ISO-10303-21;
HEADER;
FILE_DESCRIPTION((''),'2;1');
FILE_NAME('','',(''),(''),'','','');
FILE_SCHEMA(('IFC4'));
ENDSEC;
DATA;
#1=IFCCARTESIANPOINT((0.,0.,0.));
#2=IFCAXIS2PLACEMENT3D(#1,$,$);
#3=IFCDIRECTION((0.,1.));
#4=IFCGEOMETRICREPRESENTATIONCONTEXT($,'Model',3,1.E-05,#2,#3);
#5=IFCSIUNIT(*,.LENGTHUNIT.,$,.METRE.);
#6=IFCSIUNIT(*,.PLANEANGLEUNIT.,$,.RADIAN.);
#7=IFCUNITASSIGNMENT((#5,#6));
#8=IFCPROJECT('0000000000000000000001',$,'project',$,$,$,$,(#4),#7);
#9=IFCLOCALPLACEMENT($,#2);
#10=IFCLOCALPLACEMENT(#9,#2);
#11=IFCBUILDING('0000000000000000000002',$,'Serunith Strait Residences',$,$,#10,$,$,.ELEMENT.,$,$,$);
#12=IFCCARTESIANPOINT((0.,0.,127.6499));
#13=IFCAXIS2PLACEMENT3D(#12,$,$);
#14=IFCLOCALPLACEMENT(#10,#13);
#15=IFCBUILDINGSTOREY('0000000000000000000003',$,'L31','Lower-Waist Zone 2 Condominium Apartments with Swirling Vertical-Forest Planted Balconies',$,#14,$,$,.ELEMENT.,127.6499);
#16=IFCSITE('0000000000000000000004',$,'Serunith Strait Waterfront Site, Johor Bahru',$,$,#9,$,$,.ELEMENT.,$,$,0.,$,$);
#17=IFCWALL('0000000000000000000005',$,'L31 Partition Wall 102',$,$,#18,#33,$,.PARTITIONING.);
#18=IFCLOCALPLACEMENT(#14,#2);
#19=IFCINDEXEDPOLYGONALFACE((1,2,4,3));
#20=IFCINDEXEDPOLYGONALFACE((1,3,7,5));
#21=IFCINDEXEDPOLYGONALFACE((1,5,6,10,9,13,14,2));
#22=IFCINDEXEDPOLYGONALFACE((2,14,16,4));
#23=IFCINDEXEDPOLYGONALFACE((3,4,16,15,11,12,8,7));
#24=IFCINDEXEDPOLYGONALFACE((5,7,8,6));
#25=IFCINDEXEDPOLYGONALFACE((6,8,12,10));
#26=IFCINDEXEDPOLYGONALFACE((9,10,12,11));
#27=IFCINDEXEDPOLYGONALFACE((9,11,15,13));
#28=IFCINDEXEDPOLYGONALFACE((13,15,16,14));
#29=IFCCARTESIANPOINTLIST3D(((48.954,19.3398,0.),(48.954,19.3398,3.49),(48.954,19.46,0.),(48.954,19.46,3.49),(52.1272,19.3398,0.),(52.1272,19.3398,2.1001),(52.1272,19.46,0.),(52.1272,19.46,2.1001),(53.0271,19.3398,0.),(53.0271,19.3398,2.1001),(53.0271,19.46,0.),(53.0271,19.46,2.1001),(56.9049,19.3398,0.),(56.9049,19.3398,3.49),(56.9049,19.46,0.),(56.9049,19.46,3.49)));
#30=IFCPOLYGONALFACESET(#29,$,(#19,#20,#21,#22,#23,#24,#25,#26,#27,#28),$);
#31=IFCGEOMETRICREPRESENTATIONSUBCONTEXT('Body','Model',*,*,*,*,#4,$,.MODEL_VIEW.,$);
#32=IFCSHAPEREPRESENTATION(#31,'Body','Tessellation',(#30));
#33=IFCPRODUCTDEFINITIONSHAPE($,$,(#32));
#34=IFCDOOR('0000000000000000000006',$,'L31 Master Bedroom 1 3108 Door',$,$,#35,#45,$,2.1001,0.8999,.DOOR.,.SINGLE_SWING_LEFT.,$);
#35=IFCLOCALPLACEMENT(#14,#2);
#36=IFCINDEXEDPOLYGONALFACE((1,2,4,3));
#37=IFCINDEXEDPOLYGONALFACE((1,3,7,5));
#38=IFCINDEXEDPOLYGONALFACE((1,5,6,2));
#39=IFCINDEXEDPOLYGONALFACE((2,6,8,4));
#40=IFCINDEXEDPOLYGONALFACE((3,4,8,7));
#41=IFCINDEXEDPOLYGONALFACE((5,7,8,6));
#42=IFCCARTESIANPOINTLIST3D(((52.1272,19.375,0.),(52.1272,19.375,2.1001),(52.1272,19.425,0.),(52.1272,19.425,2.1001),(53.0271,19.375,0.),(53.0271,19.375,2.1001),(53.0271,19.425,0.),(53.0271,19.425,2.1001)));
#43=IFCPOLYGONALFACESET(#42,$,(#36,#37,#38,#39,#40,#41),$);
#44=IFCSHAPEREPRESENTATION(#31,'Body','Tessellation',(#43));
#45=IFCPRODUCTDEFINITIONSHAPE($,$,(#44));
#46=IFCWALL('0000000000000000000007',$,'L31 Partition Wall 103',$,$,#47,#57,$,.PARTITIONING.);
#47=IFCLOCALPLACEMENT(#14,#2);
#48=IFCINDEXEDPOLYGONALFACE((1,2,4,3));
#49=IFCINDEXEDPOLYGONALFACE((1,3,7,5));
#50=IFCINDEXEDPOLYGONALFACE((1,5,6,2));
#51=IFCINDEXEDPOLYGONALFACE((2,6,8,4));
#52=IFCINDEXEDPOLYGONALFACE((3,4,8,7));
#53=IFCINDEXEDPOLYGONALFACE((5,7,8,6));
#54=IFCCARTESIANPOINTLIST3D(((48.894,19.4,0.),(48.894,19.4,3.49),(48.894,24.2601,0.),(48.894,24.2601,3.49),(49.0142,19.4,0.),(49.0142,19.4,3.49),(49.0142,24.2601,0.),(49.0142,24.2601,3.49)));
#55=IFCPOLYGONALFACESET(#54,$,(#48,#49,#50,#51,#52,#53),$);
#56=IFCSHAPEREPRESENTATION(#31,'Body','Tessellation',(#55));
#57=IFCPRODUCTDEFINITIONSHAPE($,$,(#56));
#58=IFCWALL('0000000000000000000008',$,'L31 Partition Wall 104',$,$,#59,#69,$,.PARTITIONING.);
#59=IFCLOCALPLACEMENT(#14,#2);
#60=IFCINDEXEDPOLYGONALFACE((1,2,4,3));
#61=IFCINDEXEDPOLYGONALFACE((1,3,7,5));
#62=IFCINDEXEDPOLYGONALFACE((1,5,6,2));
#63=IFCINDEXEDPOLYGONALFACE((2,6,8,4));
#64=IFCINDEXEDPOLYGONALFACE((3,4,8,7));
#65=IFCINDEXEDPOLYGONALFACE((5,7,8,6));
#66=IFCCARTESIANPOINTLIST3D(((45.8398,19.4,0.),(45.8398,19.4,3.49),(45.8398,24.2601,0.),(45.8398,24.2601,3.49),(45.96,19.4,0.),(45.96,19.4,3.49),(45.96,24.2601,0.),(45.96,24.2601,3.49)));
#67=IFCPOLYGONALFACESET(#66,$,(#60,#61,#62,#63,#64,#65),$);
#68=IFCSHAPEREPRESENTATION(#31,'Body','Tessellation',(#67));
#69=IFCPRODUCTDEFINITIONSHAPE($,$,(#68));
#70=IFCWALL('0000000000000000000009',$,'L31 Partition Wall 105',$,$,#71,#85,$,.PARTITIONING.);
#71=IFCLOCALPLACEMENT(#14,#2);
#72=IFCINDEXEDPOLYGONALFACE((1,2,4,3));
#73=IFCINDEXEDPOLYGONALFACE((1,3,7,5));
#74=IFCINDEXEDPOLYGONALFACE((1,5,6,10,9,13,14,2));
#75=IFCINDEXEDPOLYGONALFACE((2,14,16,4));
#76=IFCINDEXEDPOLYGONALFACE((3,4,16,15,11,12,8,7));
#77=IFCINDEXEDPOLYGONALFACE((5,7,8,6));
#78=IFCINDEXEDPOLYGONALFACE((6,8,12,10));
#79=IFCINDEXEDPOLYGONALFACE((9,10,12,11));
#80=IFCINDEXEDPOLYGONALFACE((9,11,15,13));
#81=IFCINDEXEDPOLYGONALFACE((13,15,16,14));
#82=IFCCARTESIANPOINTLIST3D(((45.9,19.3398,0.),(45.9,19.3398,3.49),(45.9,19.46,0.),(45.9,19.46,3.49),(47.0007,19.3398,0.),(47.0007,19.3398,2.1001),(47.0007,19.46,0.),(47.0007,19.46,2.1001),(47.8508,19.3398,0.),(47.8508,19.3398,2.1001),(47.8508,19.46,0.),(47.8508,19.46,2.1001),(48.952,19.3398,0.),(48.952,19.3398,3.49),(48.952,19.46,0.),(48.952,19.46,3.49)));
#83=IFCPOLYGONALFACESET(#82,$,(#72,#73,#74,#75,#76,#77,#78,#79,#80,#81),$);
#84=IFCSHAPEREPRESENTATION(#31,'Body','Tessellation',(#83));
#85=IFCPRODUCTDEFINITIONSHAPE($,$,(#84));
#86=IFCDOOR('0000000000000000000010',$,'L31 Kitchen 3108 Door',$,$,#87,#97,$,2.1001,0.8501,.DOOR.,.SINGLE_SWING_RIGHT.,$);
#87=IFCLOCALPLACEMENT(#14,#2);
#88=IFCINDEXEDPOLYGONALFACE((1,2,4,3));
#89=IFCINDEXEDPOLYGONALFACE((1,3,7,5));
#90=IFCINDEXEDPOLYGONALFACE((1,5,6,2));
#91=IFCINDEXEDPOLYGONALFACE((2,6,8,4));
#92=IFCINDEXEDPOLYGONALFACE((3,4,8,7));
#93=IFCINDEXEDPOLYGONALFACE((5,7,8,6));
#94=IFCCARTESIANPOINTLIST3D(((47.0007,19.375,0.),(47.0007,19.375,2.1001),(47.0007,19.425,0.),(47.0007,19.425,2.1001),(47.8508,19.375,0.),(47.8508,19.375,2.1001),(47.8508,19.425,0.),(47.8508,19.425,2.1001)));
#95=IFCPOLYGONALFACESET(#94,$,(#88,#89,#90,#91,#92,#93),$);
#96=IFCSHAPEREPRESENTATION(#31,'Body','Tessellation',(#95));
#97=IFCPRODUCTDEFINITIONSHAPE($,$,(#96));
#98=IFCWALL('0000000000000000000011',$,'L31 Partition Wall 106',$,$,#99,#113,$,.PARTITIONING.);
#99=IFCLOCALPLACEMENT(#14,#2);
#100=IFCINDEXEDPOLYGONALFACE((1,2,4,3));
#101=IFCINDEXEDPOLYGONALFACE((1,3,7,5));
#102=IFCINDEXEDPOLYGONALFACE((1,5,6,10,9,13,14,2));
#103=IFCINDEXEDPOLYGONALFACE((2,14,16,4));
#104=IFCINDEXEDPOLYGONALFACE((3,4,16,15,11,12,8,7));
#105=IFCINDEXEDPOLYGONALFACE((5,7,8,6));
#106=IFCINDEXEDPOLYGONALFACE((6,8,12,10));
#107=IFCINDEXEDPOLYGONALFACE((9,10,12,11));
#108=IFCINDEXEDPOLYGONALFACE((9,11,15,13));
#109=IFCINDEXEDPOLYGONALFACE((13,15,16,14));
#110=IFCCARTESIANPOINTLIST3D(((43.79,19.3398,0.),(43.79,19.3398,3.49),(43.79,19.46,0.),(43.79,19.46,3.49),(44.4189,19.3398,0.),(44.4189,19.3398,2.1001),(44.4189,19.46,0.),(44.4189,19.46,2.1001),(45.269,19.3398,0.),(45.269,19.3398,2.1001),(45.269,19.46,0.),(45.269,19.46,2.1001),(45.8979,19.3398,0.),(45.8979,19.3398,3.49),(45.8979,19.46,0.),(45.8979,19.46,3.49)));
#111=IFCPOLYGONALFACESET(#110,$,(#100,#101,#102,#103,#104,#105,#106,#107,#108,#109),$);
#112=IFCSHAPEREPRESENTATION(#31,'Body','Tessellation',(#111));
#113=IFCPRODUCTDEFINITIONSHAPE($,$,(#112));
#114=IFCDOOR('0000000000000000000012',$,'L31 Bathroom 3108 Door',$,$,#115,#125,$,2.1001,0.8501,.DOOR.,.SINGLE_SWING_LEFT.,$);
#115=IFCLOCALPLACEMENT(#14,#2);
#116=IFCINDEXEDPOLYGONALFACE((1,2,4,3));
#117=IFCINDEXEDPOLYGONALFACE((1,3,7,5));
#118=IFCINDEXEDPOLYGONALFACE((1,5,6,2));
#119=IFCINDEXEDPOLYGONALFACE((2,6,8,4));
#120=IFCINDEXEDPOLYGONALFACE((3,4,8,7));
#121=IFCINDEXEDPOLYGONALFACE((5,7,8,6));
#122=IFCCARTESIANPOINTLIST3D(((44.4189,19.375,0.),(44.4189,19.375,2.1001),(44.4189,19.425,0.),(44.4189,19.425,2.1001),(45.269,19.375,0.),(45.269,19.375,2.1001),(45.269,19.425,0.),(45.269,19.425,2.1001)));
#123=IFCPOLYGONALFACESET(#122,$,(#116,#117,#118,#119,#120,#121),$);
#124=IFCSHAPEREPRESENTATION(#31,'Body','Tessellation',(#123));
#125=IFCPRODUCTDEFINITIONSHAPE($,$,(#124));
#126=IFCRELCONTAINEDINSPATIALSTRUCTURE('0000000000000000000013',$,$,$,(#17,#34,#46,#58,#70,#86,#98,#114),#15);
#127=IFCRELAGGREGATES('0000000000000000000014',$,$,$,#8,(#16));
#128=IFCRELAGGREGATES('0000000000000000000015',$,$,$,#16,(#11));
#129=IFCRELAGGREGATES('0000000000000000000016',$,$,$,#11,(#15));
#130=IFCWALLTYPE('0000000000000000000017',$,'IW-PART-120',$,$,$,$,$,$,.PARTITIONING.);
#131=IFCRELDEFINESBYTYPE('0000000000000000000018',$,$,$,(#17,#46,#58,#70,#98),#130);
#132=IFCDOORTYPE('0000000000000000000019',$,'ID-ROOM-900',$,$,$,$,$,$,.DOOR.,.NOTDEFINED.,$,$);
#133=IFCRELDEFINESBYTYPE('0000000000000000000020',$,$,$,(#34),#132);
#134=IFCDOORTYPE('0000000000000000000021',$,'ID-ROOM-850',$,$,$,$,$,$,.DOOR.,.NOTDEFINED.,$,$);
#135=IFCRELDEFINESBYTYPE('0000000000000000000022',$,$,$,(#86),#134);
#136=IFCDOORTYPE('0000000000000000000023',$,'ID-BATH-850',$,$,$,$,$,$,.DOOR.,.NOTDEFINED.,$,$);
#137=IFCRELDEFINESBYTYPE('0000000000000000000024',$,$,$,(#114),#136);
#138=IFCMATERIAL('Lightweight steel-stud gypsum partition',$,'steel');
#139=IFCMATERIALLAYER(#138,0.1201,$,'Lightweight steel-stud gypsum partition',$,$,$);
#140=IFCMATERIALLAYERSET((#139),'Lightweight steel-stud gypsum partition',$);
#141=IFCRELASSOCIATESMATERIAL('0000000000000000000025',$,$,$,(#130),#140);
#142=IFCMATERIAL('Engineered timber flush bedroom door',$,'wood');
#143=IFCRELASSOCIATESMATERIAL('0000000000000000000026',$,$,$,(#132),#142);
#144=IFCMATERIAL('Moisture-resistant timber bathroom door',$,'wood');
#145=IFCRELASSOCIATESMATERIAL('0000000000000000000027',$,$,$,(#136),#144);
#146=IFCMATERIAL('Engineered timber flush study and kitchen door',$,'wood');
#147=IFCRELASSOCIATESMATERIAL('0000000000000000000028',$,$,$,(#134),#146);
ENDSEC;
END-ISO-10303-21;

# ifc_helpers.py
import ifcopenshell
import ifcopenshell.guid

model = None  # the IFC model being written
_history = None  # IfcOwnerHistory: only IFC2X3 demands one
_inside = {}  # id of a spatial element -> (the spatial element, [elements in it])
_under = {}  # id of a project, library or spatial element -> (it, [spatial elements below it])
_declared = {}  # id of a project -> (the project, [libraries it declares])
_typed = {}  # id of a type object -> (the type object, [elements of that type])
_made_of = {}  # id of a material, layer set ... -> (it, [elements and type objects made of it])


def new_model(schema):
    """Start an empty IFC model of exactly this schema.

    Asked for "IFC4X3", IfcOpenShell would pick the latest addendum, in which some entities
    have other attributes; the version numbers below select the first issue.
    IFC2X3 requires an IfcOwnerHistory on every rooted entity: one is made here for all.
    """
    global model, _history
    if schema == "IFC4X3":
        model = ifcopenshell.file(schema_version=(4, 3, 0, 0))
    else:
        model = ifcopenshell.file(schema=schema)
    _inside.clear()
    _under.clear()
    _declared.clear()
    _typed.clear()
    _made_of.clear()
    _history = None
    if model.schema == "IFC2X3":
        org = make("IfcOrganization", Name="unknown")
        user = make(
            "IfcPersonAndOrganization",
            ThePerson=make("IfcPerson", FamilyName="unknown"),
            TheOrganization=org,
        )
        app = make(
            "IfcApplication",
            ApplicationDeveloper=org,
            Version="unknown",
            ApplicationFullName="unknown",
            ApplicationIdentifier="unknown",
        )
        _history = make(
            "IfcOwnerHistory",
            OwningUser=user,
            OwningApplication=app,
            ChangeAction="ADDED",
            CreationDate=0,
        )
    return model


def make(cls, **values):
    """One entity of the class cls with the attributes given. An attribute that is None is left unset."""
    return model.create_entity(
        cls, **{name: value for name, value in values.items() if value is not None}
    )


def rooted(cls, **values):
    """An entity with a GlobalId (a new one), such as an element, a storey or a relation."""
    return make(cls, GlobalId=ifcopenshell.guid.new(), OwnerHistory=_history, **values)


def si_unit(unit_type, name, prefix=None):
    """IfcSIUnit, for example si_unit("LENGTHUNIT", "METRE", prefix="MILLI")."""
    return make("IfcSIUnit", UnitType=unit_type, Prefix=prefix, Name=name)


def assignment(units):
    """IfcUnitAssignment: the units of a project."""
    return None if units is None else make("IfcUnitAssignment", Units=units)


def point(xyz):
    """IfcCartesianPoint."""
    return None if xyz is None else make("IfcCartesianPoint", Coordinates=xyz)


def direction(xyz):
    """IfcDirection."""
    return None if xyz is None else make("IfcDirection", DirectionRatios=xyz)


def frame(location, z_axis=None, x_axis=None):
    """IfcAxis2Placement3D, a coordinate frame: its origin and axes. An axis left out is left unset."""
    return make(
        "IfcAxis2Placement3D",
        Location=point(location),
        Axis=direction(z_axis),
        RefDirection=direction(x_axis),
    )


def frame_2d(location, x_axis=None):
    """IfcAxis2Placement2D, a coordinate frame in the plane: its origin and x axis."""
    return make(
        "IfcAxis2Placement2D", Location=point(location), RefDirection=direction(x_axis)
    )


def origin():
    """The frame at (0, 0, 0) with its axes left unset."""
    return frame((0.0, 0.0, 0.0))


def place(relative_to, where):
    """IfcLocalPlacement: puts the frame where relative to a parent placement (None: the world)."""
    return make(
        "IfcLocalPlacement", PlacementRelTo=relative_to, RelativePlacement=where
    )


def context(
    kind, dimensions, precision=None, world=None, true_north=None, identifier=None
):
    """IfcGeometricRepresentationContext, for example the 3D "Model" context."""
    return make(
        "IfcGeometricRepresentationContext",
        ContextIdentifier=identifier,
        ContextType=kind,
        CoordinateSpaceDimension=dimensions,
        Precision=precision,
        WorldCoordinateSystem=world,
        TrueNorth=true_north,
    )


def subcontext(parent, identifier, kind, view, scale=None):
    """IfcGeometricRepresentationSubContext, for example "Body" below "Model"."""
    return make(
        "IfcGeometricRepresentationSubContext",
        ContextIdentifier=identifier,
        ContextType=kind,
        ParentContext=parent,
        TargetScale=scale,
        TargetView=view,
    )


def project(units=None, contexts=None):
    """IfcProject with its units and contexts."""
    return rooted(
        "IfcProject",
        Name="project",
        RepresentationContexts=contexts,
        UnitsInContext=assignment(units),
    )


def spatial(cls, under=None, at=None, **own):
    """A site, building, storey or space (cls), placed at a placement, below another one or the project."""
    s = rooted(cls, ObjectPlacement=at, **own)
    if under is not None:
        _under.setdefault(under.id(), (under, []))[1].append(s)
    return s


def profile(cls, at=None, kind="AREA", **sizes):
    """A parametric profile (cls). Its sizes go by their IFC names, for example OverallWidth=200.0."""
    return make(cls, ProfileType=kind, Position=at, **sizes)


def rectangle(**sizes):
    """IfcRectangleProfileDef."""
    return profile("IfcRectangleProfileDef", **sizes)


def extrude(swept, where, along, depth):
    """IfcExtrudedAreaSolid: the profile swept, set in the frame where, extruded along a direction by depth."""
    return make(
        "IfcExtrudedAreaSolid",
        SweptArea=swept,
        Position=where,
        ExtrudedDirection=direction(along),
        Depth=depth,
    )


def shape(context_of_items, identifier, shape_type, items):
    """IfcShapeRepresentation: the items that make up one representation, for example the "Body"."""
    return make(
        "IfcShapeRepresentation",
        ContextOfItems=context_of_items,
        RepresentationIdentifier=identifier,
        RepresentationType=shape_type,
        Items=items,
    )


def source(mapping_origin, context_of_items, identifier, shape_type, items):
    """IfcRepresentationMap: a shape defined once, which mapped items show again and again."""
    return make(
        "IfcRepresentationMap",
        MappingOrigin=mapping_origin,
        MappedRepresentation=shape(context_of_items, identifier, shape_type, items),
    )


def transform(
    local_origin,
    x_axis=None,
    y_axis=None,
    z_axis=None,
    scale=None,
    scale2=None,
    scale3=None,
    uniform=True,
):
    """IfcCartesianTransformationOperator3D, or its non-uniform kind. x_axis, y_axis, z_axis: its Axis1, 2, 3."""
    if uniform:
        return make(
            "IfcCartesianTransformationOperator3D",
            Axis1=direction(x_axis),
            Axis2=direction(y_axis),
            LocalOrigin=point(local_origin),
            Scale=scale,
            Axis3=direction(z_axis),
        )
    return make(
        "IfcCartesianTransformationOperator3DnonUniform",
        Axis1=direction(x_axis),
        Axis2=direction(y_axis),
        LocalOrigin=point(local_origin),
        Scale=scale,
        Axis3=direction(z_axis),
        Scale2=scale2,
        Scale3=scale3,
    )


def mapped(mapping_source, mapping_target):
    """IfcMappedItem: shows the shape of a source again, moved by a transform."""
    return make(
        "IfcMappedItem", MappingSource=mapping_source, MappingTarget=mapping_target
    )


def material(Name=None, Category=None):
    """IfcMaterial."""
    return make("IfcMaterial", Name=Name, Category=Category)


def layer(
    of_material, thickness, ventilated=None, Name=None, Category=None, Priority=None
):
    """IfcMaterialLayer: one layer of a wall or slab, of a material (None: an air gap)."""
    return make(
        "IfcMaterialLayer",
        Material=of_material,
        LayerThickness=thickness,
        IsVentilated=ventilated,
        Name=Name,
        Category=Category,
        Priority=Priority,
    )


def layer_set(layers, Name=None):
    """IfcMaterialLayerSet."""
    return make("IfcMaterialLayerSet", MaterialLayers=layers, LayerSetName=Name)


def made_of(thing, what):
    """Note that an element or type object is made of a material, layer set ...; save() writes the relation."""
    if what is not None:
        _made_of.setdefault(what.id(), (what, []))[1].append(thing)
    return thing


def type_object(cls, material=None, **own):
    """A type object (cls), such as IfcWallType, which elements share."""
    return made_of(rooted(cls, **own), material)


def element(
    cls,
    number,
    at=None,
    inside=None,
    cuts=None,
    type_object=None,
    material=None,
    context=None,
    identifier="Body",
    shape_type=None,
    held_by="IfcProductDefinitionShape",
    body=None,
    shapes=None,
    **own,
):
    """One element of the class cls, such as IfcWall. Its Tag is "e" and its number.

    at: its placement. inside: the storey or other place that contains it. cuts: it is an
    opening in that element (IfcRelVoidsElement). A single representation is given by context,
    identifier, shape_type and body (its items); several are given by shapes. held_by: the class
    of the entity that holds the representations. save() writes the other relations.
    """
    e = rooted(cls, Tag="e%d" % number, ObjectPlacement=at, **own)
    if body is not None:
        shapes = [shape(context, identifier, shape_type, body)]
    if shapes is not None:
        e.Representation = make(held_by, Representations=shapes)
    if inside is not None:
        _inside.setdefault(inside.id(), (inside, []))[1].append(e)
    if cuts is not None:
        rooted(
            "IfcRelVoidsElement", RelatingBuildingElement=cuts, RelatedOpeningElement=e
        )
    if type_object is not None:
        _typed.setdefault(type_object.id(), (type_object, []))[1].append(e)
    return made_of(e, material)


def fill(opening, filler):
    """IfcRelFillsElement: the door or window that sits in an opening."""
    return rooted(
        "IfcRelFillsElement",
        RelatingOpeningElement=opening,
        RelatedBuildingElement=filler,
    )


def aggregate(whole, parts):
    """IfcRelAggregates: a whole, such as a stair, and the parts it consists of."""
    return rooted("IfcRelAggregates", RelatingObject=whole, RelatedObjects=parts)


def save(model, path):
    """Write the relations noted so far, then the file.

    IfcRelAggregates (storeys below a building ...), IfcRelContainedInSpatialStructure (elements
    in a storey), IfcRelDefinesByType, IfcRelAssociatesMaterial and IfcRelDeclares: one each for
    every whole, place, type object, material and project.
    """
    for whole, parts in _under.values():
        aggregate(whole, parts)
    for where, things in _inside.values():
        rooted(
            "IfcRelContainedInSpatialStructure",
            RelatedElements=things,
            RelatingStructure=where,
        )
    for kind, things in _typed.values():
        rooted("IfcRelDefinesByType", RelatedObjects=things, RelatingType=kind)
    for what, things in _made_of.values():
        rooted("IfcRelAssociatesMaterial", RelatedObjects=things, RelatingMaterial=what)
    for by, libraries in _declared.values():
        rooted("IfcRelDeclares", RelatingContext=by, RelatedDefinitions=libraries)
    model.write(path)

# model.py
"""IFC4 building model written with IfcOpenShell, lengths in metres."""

from ifc_helpers import new_model, si_unit, direction, frame, frame_2d, origin, place, context, subcontext, project, spatial, rectangle, extrude, source, transform, mapped, material, layer, layer_set, type_object, element, fill, save


model = new_model("IFC4")

# Units and contexts
model_context = context("Model", 3, precision=1e-05, world=origin(), true_north=direction((0.0, 1.0)))
body_context = subcontext(model_context, "Body", "Model", "MODEL_VIEW")
ifc_project = project(units=[si_unit("LENGTHUNIT", "METRE"), si_unit("PLANEANGLEUNIT", "RADIAN")], contexts=[model_context])

# Site, building, storey
site_placement = place(None, origin())
site = spatial("IfcSite", under=ifc_project, at=site_placement, Name="Serunith Strait Waterfront Site, Johor Bahru", CompositionType="ELEMENT", RefElevation=0.0)
building_placement = place(site_placement, origin())
building = spatial("IfcBuilding", under=site, at=building_placement, Name="Serunith Strait Residences", CompositionType="ELEMENT")
storey_placement = place(building_placement, frame((0.0, 0.0, 127.6499)))
storey = spatial("IfcBuildingStorey", under=building, at=storey_placement, Name="L31", Description="Lower-Waist Zone 2 Condominium Apartments with Swirling Vertical-Forest Planted Balconies", CompositionType="ELEMENT", Elevation=127.6499)

# Shared definitions
ifc_material_1 = material(Name="Lightweight steel-stud gypsum partition", Category="steel")
ifc_layer_1 = layer(ifc_material_1, 0.1201, Name="Lightweight steel-stud gypsum partition")
ifc_layer_set_1 = layer_set([ifc_layer_1], Name="Lightweight steel-stud gypsum partition")
wall_type = type_object("IfcWallType", Name="IW-PART-120", PredefinedType="PARTITIONING", material=ifc_layer_set_1)
ifc_material_2 = material(Name="Engineered timber flush bedroom door", Category="wood")
door_type_1 = type_object("IfcDoorType", Name="ID-ROOM-900", OperationType="NOTDEFINED", PredefinedType="DOOR", material=ifc_material_2)
shared_shape_1 = source(origin(), body_context, "Body", "SweptSolid", [
    extrude(rectangle(XDim=0.8999, YDim=2.1001, at=frame_2d((0.45, 1.05))), frame((0.0, 0.0249, 0.0), z_axis=(0.0, -1.0, 0.0), x_axis=(1.0, 0.0, 0.0)), (0.0, 0.0, 1.0), 0.05),
])
ifc_material_3 = material(Name="Moisture-resistant timber bathroom door", Category="wood")
door_type_2 = type_object("IfcDoorType", Name="ID-BATH-850", OperationType="NOTDEFINED", PredefinedType="DOOR", material=ifc_material_3)
shared_shape_2 = source(origin(), body_context, "Body", "SweptSolid", [
    extrude(rectangle(XDim=0.8501, YDim=2.1001, at=frame_2d((0.425, 1.05))), frame((0.0, 0.0249, 0.0), z_axis=(0.0, -1.0, 0.0), x_axis=(1.0, 0.0, 0.0)), (0.0, 0.0, 1.0), 0.05),
])
ifc_material_4 = material(Name="Engineered timber flush study and kitchen door", Category="wood")
door_type_3 = type_object("IfcDoorType", Name="ID-ROOM-850", OperationType="NOTDEFINED", PredefinedType="DOOR", material=ifc_material_4)

# Wall, opening, door
wall_1_placement = place(storey_placement, frame((56.905, 19.3999, 0.0), z_axis=(0.0, 0.0, 1.0), x_axis=(-1.0, 0.0, 0.0)))
wall_1 = element("IfcWall", 1, at=wall_1_placement, inside=storey, type_object=wall_type, Name="L31 Partition Wall 102", PredefinedType="PARTITIONING", context=body_context, shape_type="SweptSolid", body=[
    extrude(rectangle(XDim=7.9509, YDim=0.1201, at=frame_2d((3.9756, 0.0))), origin(), (0.0, 0.0, 1.0), 3.49),
])
opening_1_placement = place(wall_1_placement, frame((3.8779, 0.0, 0.0)))
opening_1 = element("IfcOpeningElement", 2, at=opening_1_placement, cuts=wall_1, PredefinedType="OPENING", context=body_context, shape_type="SweptSolid", body=[
    extrude(rectangle(XDim=0.8999, YDim=2.1001, at=frame_2d((0.45, 1.05))), frame((0.0, 0.0701, 0.0), z_axis=(0.0, -1.0, 0.0), x_axis=(1.0, 0.0, 0.0)), (0.0, 0.0, 1.0), 0.1401),
])
door_1_placement = place(opening_1_placement, origin())
door_1 = element("IfcDoor", 3, at=door_1_placement, inside=storey, type_object=door_type_1, Name="L31 Master Bedroom 1 3108 Door", OperationType="SINGLE_SWING_LEFT", OverallHeight=2.1001, OverallWidth=0.8999, PredefinedType="DOOR", context=body_context, shape_type="MappedRepresentation", body=[
    mapped(shared_shape_1, transform((0.0, 0.0, 0.0), scale=1.0)),
])
fill(opening_1, door_1)

# Walls
for number, where, z_axis, x_axis, name in (
    (4, (48.9541, 19.3999, 0.0), (0.0, 0.0, 1.0), (0.0, 1.0, 0.0), "L31 Partition Wall 103"),
    (5, (45.8999, 19.3999, 0.0), (0.0, 0.0, 1.0), (0.0, 1.0, 0.0), "L31 Partition Wall 104"),
):
    element("IfcWall", number, at=place(storey_placement, frame(where, z_axis=z_axis, x_axis=x_axis)), inside=storey, type_object=wall_type, Name=name, PredefinedType="PARTITIONING", context=body_context, shape_type="SweptSolid", body=[
        extrude(rectangle(XDim=4.8601, YDim=0.1201, at=frame_2d((2.4302, 0.0))), origin(), (0.0, 0.0, 1.0), 3.49),
    ])

# Walls, openings, doors
wall_2_placement = place(storey_placement, frame((48.9519, 19.3999, 0.0), z_axis=(0.0, 0.0, 1.0), x_axis=(-1.0, 0.0, 0.0)))
wall_2 = element("IfcWall", 6, at=wall_2_placement, inside=storey, type_object=wall_type, Name="L31 Partition Wall 105", PredefinedType="PARTITIONING", context=body_context, shape_type="SweptSolid", body=[
    extrude(rectangle(XDim=3.052, YDim=0.1201, at=frame_2d((1.5259, 0.0))), origin(), (0.0, 0.0, 1.0), 3.49),
])
opening_2_placement = place(wall_2_placement, frame((1.1011, 0.0, 0.0)))
opening_2 = element("IfcOpeningElement", 7, at=opening_2_placement, cuts=wall_2, PredefinedType="OPENING", context=body_context, shape_type="SweptSolid", body=[
    extrude(rectangle(XDim=0.8501, YDim=2.1001, at=frame_2d((0.425, 1.05))), frame((0.0, 0.0701, 0.0), z_axis=(0.0, -1.0, 0.0), x_axis=(1.0, 0.0, 0.0)), (0.0, 0.0, 1.0), 0.1401),
])
door_2_placement = place(opening_2_placement, origin())
door_2 = element("IfcDoor", 8, at=door_2_placement, inside=storey, type_object=door_type_3, Name="L31 Kitchen 3108 Door", OperationType="SINGLE_SWING_RIGHT", OverallHeight=2.1001, OverallWidth=0.8501, PredefinedType="DOOR", context=body_context, shape_type="MappedRepresentation", body=[
    mapped(shared_shape_2, transform((0.0, 0.0, 0.0), scale=1.0)),
])
fill(opening_2, door_2)
wall_3_placement = place(storey_placement, frame((45.8979, 19.3999, 0.0), z_axis=(0.0, 0.0, 1.0), x_axis=(-1.0, 0.0, 0.0)))
wall_3 = element("IfcWall", 9, at=wall_3_placement, inside=storey, type_object=wall_type, Name="L31 Partition Wall 106", PredefinedType="PARTITIONING", context=body_context, shape_type="SweptSolid", body=[
    extrude(rectangle(XDim=2.1079, YDim=0.1201, at=frame_2d((1.054, 0.0))), origin(), (0.0, 0.0, 1.0), 3.49),
])
opening_3_placement = place(wall_3_placement, frame((0.6289, 0.0, 0.0)))
opening_3 = element("IfcOpeningElement", 10, at=opening_3_placement, cuts=wall_3, PredefinedType="OPENING", context=body_context, shape_type="SweptSolid", body=[
    extrude(rectangle(XDim=0.8501, YDim=2.1001, at=frame_2d((0.425, 1.05))), frame((0.0, 0.0701, 0.0), z_axis=(0.0, -1.0, 0.0), x_axis=(1.0, 0.0, 0.0)), (0.0, 0.0, 1.0), 0.1401),
])
door_3_placement = place(opening_3_placement, origin())
door_3 = element("IfcDoor", 11, at=door_3_placement, inside=storey, type_object=door_type_2, Name="L31 Bathroom 3108 Door", OperationType="SINGLE_SWING_LEFT", OverallHeight=2.1001, OverallWidth=0.8501, PredefinedType="DOOR", context=body_context, shape_type="MappedRepresentation", body=[
    mapped(shared_shape_2, transform((0.0, 0.0, 0.0), scale=1.0)),
])
fill(opening_3, door_3)

save(model, "model.ifc")
